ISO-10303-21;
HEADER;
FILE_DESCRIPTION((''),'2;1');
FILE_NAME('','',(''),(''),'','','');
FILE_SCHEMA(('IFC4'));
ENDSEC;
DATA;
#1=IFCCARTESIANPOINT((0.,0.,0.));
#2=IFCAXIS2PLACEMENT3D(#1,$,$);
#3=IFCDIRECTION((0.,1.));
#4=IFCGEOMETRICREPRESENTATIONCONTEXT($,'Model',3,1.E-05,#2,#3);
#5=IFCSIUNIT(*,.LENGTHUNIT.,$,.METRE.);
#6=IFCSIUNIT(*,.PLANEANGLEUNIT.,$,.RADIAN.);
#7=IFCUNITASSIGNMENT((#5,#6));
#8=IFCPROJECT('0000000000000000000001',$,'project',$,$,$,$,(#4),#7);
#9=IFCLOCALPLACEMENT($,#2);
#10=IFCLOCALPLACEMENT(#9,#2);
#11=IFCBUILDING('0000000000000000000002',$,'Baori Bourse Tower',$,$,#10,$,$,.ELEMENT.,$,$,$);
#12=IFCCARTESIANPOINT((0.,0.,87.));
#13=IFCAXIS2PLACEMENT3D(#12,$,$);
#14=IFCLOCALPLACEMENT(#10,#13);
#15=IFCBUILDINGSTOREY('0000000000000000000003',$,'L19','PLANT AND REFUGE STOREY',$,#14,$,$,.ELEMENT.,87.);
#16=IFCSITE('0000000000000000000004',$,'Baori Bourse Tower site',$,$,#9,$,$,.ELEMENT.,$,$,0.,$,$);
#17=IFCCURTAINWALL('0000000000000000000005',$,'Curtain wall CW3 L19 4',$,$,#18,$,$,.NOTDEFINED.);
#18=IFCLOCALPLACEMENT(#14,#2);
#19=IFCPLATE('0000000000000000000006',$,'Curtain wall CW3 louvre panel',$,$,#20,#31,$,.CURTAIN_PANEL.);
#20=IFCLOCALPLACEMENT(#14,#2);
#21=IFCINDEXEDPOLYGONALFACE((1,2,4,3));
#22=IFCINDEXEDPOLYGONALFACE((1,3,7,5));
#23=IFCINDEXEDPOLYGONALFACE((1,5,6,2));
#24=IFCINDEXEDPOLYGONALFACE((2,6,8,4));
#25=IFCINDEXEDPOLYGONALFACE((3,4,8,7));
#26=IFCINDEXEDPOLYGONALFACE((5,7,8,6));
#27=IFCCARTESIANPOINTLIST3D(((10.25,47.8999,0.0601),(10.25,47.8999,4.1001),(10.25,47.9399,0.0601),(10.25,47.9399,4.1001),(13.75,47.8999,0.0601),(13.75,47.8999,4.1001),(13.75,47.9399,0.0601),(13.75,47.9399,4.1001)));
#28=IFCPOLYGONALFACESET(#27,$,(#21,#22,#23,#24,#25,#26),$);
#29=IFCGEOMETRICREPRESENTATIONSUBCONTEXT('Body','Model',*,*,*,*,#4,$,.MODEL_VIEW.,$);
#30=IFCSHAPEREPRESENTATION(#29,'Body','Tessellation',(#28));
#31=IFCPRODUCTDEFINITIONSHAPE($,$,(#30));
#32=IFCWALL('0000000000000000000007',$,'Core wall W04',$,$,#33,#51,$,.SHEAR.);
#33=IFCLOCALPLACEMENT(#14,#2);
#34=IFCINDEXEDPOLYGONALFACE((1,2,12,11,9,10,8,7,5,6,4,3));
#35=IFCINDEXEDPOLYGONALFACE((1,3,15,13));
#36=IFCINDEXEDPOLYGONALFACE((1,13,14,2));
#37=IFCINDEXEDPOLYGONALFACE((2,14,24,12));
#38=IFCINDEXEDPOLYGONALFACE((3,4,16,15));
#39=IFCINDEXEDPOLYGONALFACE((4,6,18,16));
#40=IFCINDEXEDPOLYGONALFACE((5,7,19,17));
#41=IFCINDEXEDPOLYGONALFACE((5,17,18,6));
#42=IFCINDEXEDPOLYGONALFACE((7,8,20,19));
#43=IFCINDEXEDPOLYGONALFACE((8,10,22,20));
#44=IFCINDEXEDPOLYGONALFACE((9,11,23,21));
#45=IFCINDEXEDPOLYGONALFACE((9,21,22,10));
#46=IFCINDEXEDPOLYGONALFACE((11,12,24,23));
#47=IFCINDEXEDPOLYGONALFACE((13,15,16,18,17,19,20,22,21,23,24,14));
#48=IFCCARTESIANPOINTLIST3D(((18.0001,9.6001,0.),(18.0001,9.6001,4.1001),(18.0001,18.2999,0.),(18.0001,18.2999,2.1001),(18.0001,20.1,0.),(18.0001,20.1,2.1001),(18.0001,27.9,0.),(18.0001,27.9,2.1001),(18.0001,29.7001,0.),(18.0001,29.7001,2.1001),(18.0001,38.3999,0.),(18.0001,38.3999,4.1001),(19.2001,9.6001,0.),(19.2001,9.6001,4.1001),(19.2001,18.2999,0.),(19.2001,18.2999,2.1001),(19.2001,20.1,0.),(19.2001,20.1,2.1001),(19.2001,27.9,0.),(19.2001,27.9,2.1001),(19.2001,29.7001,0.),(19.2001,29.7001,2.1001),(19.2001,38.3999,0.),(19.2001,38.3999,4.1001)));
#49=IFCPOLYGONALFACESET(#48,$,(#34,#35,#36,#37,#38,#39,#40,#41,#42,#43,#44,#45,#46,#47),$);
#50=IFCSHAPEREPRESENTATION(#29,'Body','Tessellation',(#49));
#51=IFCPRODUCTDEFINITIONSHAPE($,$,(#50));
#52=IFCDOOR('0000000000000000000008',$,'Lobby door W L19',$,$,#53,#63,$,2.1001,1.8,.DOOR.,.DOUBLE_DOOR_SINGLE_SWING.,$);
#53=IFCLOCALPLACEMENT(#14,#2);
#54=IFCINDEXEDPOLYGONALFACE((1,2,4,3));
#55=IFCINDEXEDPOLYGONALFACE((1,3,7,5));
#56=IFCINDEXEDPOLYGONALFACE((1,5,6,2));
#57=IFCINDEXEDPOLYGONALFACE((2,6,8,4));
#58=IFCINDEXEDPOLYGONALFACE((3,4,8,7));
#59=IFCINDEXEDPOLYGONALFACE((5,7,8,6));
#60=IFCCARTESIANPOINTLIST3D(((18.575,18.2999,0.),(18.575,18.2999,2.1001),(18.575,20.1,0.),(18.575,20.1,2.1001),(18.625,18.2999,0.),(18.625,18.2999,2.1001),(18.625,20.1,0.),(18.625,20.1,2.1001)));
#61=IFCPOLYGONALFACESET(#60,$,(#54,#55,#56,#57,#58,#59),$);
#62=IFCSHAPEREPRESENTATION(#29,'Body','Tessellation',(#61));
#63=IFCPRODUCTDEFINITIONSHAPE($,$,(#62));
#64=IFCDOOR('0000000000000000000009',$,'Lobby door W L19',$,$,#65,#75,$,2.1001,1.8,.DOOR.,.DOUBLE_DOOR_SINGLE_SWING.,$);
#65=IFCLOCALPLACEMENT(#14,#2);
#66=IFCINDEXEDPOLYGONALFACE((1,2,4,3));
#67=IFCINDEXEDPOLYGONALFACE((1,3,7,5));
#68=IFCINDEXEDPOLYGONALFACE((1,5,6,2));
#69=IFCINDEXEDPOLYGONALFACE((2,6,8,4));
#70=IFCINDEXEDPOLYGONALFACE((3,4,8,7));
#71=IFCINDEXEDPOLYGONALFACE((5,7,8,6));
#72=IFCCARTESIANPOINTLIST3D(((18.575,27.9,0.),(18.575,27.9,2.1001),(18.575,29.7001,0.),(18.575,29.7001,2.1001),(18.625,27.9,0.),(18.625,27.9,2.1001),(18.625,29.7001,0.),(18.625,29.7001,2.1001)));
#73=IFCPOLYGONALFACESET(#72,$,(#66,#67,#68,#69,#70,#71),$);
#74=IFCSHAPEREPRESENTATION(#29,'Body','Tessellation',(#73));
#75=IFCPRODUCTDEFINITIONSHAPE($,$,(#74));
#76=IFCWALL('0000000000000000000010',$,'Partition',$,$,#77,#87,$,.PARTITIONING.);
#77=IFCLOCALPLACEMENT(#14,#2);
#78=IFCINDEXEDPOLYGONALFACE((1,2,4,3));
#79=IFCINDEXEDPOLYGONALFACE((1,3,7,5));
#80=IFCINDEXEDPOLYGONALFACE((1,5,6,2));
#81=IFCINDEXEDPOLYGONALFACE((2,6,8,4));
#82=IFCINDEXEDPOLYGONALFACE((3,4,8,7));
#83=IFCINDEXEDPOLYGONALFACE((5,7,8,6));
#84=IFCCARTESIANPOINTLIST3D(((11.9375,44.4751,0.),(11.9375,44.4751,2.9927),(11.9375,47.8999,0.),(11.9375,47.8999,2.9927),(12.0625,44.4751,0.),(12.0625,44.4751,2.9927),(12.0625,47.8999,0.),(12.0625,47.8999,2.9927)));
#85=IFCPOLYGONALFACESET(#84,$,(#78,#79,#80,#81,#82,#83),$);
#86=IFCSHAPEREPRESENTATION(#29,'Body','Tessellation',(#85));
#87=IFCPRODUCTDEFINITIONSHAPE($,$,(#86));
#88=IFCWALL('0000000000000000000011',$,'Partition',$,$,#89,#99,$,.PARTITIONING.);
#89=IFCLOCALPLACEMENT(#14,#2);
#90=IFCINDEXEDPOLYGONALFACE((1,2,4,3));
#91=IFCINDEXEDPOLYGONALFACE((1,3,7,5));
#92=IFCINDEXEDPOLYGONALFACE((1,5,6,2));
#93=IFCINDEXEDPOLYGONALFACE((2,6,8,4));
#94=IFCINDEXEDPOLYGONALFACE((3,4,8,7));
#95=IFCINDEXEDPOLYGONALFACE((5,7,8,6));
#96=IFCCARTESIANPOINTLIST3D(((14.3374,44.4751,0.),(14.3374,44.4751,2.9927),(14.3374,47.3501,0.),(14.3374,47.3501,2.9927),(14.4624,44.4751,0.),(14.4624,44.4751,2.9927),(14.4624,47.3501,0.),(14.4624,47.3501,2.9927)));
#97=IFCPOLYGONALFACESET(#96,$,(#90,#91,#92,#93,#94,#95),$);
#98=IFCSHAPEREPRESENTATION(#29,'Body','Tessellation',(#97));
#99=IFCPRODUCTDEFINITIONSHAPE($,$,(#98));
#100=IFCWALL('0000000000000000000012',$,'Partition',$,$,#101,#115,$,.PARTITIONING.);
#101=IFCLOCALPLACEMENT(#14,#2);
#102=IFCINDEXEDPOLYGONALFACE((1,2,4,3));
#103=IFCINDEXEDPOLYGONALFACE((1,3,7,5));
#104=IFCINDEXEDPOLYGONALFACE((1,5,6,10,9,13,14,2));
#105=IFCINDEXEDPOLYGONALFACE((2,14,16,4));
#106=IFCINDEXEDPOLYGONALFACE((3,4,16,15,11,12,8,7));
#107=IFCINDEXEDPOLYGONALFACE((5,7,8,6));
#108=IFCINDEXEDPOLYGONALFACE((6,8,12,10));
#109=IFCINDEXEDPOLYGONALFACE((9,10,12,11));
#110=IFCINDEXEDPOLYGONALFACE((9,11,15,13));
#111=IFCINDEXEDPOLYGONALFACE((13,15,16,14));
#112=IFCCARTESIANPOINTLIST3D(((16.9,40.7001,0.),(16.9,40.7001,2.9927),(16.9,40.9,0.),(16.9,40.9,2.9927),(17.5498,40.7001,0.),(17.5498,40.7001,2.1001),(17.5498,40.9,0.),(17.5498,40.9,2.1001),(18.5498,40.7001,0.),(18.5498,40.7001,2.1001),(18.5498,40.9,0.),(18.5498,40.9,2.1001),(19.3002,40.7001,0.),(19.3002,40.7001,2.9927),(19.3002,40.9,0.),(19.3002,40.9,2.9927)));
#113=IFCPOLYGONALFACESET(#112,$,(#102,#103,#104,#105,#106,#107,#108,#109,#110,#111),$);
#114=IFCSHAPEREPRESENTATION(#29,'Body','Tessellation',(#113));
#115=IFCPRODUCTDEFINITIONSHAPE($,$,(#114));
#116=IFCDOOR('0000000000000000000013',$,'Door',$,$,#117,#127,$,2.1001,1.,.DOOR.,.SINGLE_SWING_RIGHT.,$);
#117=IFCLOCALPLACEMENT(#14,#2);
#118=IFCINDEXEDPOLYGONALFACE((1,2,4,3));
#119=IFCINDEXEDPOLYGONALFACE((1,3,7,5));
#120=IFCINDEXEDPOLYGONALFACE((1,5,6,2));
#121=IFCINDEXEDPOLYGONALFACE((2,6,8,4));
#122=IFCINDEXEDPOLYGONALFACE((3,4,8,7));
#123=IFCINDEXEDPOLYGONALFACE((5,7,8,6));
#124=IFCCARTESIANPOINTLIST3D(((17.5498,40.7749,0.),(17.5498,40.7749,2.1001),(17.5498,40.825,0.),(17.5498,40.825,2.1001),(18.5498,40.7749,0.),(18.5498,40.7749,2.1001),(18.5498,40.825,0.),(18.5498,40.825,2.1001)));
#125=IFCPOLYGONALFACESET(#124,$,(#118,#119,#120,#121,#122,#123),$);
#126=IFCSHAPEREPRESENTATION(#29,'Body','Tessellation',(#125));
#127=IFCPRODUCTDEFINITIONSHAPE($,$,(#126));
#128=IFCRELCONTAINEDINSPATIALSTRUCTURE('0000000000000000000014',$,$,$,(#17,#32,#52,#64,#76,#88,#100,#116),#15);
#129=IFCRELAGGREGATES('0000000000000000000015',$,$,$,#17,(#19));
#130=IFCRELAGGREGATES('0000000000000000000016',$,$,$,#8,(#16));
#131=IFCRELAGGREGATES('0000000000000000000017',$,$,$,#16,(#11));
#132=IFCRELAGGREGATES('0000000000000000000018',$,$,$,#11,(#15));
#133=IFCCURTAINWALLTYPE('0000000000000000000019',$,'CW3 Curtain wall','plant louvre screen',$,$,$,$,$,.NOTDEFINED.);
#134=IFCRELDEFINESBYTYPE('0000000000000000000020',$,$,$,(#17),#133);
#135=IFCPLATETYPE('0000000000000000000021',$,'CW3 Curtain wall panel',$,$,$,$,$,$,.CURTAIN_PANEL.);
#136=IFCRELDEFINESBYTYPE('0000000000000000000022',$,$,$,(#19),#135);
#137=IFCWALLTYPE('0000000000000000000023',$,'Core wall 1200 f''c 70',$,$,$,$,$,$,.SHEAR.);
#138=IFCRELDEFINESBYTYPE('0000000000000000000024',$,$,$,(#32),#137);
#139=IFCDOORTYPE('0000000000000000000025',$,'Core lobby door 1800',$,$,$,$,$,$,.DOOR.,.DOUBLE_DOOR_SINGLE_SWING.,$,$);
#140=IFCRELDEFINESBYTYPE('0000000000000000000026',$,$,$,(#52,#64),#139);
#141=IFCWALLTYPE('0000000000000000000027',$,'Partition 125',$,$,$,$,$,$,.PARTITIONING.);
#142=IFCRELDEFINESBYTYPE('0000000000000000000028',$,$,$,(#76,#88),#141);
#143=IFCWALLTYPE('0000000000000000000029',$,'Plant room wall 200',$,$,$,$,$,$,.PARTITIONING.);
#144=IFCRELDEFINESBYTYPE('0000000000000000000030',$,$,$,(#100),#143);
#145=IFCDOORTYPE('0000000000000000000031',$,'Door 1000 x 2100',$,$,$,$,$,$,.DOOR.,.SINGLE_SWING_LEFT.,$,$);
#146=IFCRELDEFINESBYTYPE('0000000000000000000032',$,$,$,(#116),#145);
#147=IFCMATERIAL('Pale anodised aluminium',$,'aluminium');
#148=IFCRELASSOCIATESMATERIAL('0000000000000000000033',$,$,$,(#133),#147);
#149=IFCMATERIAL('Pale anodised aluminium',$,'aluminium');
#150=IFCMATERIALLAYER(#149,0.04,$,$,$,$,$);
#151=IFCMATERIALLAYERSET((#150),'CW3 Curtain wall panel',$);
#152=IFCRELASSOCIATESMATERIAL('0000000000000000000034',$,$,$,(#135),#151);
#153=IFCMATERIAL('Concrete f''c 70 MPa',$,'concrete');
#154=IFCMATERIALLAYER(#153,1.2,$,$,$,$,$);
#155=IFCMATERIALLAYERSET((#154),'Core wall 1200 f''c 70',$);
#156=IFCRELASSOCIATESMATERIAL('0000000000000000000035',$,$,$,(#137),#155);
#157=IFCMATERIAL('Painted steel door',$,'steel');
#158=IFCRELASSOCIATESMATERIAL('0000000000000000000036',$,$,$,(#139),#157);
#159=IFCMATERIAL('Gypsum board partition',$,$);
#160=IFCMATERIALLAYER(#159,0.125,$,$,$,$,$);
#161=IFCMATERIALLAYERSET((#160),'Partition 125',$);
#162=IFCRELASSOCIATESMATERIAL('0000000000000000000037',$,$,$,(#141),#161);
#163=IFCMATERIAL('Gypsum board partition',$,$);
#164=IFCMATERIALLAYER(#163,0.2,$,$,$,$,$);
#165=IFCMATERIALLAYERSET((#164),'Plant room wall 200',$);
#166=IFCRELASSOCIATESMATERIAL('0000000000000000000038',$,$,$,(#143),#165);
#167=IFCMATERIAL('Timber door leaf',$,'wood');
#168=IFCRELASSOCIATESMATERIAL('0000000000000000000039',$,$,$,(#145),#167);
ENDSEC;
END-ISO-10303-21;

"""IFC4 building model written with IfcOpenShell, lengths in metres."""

from ifc_helpers import new_model, si_unit, direction, frame, frame_2d, origin, origin_2d, place, context, subcontext, project, spatial, rectangle, extrude, material, layer, layer_set, type_object, element, fill, aggregate, save


model = new_model("IFC4")

# Units and contexts
model_context = context("Model", 3, precision=1e-05, world=origin(), true_north=direction((0.0, 1.0)))
body_context = subcontext(model_context, "Body", "Model", "MODEL_VIEW")
ifc_project = project(units=[si_unit("LENGTHUNIT", "METRE"), si_unit("PLANEANGLEUNIT", "RADIAN")], contexts=[model_context])

# Site, building, storey
site_placement = place(None, origin())
site = spatial("IfcSite", under=ifc_project, at=site_placement, Name="Baori Bourse Tower site", CompositionType="ELEMENT", RefElevation=0.0)
building_placement = place(site_placement, origin())
building = spatial("IfcBuilding", under=site, at=building_placement, Name="Baori Bourse Tower", CompositionType="ELEMENT")
storey_placement = place(building_placement, frame((0.0, 0.0, 87.0)))
storey = spatial("IfcBuildingStorey", under=building, at=storey_placement, Name="L19", Description="PLANT AND REFUGE STOREY", CompositionType="ELEMENT", Elevation=87.0)

# Curtain wall
ifc_material_1 = material(Name="Pale anodised aluminium", Category="aluminium")
curtain_wall_type = type_object("IfcCurtainWallType", Name="CW3 Curtain wall", Description="plant louvre screen", PredefinedType="NOTDEFINED", material=ifc_material_1)
curtain_wall_placement = place(storey_placement, origin())
curtain_wall = element("IfcCurtainWall", 1, at=curtain_wall_placement, inside=storey, type_object=curtain_wall_type, Name="Curtain wall CW3 L19 4", PredefinedType="NOTDEFINED")

# Plate
ifc_material_2 = material(Name="Pale anodised aluminium", Category="aluminium")
ifc_layer_1 = layer(ifc_material_2, 0.04)
ifc_layer_set_1 = layer_set([ifc_layer_1], Name="CW3 Curtain wall panel")
plate_type = type_object("IfcPlateType", Name="CW3 Curtain wall panel", PredefinedType="CURTAIN_PANEL", material=ifc_layer_set_1)
plate_1_placement = place(storey_placement, frame((12.0, 47.9199, 0.0601), z_axis=(0.0, 0.0, 1.0), x_axis=(-1.0, 0.0, 0.0)))
plate_1 = element("IfcPlate", 2, at=plate_1_placement, type_object=plate_type, Name="Curtain wall CW3 louvre panel", PredefinedType="CURTAIN_PANEL", context=body_context, shape_type="SweptSolid", body=[
    extrude(rectangle(XDim=3.5, YDim=0.04, at=origin_2d()), origin(), (0.0, 0.0, 1.0), 4.04),
])
aggregate(curtain_wall, [plate_1])

# Wall, openings, doors
ifc_material_3 = material(Name="Concrete f'c 70 MPa", Category="concrete")
ifc_layer_2 = layer(ifc_material_3, 1.2)
ifc_layer_set_2 = layer_set([ifc_layer_2], Name="Core wall 1200 f'c 70")
wall_type_1 = type_object("IfcWallType", Name="Core wall 1200 f'c 70", PredefinedType="SHEAR", material=ifc_layer_set_2)
wall_1_placement = place(storey_placement, frame((18.6001, 38.3999, 0.0), z_axis=(0.0, 0.0, 1.0), x_axis=(0.0, -1.0, 0.0)))
wall_1 = element("IfcWall", 3, at=wall_1_placement, inside=storey, type_object=wall_type_1, Name="Core wall W04", PredefinedType="SHEAR", context=body_context, shape_type="SweptSolid", body=[
    extrude(rectangle(XDim=28.7998, YDim=1.2, at=frame_2d((14.3999, 0.0))), origin(), (0.0, 0.0, 1.0), 4.1001),
])
opening_1_placement = place(wall_1_placement, frame((18.3, 0.0, 0.0)))
opening_1 = element("IfcOpeningElement", 4, at=opening_1_placement, cuts=wall_1, PredefinedType="OPENING", context=body_context, shape_type="SweptSolid", body=[
    extrude(rectangle(XDim=1.8, YDim=2.1001, at=frame_2d((0.8999, 1.05))), frame((0.0, 0.6099, 0.0), z_axis=(0.0, -1.0, 0.0), x_axis=(1.0, 0.0, 0.0)), (0.0, 0.0, 1.0), 1.22),
])
opening_2_placement = place(wall_1_placement, frame((8.7, 0.0, 0.0)))
opening_2 = element("IfcOpeningElement", 5, at=opening_2_placement, cuts=wall_1, PredefinedType="OPENING", context=body_context, shape_type="SweptSolid", body=[
    extrude(rectangle(XDim=1.8, YDim=2.1001, at=frame_2d((0.8999, 1.05))), frame((0.0, 0.6099, 0.0), z_axis=(0.0, -1.0, 0.0), x_axis=(1.0, 0.0, 0.0)), (0.0, 0.0, 1.0), 1.22),
])
ifc_material_4 = material(Name="Painted steel door", Category="steel")
door_type_1 = type_object("IfcDoorType", Name="Core lobby door 1800", OperationType="DOUBLE_DOOR_SINGLE_SWING", PredefinedType="DOOR", material=ifc_material_4)
door_1_placement = place(opening_1_placement, origin())
door_1 = element("IfcDoor", 6, at=door_1_placement, inside=storey, type_object=door_type_1, Name="Lobby door W L19", OperationType="DOUBLE_DOOR_SINGLE_SWING", OverallHeight=2.1001, OverallWidth=1.8, PredefinedType="DOOR", context=body_context, shape_type="SweptSolid", body=[
    extrude(rectangle(XDim=1.8, YDim=2.1001, at=frame_2d((0.8999, 1.05))), frame((0.0, 0.0249, 0.0), z_axis=(0.0, -1.0, 0.0), x_axis=(1.0, 0.0, 0.0)), (0.0, 0.0, 1.0), 0.05),
])
fill(opening_1, door_1)
door_2_placement = place(opening_2_placement, origin())
door_2 = element("IfcDoor", 7, at=door_2_placement, inside=storey, type_object=door_type_1, Name="Lobby door W L19", OperationType="DOUBLE_DOOR_SINGLE_SWING", OverallHeight=2.1001, OverallWidth=1.8, PredefinedType="DOOR", context=body_context, shape_type="SweptSolid", body=[
    extrude(rectangle(XDim=1.8, YDim=2.1001, at=frame_2d((0.8999, 1.05))), frame((0.0, 0.0249, 0.0), z_axis=(0.0, -1.0, 0.0), x_axis=(1.0, 0.0, 0.0)), (0.0, 0.0, 1.0), 0.05),
])
fill(opening_2, door_2)

# Walls
ifc_material_5 = material(Name="Gypsum board partition")
ifc_layer_3 = layer(ifc_material_5, 0.125)
ifc_layer_set_3 = layer_set([ifc_layer_3], Name="Partition 125")
wall_type_2 = type_object("IfcWallType", Name="Partition 125", PredefinedType="PARTITIONING", material=ifc_layer_set_3)
wall_2_placement = place(storey_placement, frame((12.0, 44.4751, 0.0), z_axis=(0.0, 0.0, 1.0), x_axis=(0.0, 1.0, 0.0)))
element("IfcWall", 8, at=wall_2_placement, inside=storey, type_object=wall_type_2, Name="Partition", PredefinedType="PARTITIONING", context=body_context, shape_type="SweptSolid", body=[
    extrude(rectangle(XDim=3.4248, YDim=0.125, at=frame_2d((1.7124, 0.0))), origin(), (0.0, 0.0, 1.0), 2.9927),
])
wall_3_placement = place(storey_placement, frame((14.3999, 44.4751, 0.0), z_axis=(0.0, 0.0, 1.0), x_axis=(0.0, 1.0, 0.0)))
element("IfcWall", 9, at=wall_3_placement, inside=storey, type_object=wall_type_2, Name="Partition", PredefinedType="PARTITIONING", context=body_context, shape_type="SweptSolid", body=[
    extrude(rectangle(XDim=2.875, YDim=0.125, at=frame_2d((1.4375, 0.0))), origin(), (0.0, 0.0, 1.0), 2.9927),
])

# Wall, opening, door
ifc_material_6 = material(Name="Gypsum board partition")
ifc_layer_4 = layer(ifc_material_6, 0.2)
ifc_layer_set_4 = layer_set([ifc_layer_4], Name="Plant room wall 200")
wall_type_3 = type_object("IfcWallType", Name="Plant room wall 200", PredefinedType="PARTITIONING", material=ifc_layer_set_4)
wall_4_placement = place(storey_placement, frame((16.8999, 40.8, 0.0), z_axis=(0.0, 0.0, 1.0), x_axis=(1.0, 0.0, 0.0)))
wall_4 = element("IfcWall", 10, at=wall_4_placement, inside=storey, type_object=wall_type_3, Name="Partition", PredefinedType="PARTITIONING", context=body_context, shape_type="SweptSolid", body=[
    extrude(rectangle(XDim=2.4001, YDim=0.2, at=frame_2d((1.2002, 0.0))), origin(), (0.0, 0.0, 1.0), 2.9927),
])
opening_3_placement = place(wall_4_placement, frame((0.6499, 0.0, 0.0)))
opening_3 = element("IfcOpeningElement", 11, at=opening_3_placement, cuts=wall_4, PredefinedType="OPENING", context=body_context, shape_type="SweptSolid", body=[
    extrude(rectangle(XDim=1.0, YDim=2.1001, at=frame_2d((0.5, 1.05))), frame((0.0, 0.1099, 0.0), z_axis=(0.0, -1.0, 0.0), x_axis=(1.0, 0.0, 0.0)), (0.0, 0.0, 1.0), 0.22),
])
ifc_material_7 = material(Name="Timber door leaf", Category="wood")
door_type_2 = type_object("IfcDoorType", Name="Door 1000 x 2100", OperationType="SINGLE_SWING_LEFT", PredefinedType="DOOR", material=ifc_material_7)
door_3_placement = place(opening_3_placement, origin())
door_3 = element("IfcDoor", 12, at=door_3_placement, inside=storey, type_object=door_type_2, Name="Door", OperationType="SINGLE_SWING_RIGHT", OverallHeight=2.1001, OverallWidth=1.0, PredefinedType="DOOR", context=body_context, shape_type="SweptSolid", body=[
    extrude(rectangle(XDim=1.0, YDim=2.1001, at=frame_2d((0.5, 1.05))), frame((0.0, 0.0249, 0.0), z_axis=(0.0, -1.0, 0.0), x_axis=(1.0, 0.0, 0.0)), (0.0, 0.0, 1.0), 0.05),
])
fill(opening_3, door_3)

save(model, "model.ifc")
